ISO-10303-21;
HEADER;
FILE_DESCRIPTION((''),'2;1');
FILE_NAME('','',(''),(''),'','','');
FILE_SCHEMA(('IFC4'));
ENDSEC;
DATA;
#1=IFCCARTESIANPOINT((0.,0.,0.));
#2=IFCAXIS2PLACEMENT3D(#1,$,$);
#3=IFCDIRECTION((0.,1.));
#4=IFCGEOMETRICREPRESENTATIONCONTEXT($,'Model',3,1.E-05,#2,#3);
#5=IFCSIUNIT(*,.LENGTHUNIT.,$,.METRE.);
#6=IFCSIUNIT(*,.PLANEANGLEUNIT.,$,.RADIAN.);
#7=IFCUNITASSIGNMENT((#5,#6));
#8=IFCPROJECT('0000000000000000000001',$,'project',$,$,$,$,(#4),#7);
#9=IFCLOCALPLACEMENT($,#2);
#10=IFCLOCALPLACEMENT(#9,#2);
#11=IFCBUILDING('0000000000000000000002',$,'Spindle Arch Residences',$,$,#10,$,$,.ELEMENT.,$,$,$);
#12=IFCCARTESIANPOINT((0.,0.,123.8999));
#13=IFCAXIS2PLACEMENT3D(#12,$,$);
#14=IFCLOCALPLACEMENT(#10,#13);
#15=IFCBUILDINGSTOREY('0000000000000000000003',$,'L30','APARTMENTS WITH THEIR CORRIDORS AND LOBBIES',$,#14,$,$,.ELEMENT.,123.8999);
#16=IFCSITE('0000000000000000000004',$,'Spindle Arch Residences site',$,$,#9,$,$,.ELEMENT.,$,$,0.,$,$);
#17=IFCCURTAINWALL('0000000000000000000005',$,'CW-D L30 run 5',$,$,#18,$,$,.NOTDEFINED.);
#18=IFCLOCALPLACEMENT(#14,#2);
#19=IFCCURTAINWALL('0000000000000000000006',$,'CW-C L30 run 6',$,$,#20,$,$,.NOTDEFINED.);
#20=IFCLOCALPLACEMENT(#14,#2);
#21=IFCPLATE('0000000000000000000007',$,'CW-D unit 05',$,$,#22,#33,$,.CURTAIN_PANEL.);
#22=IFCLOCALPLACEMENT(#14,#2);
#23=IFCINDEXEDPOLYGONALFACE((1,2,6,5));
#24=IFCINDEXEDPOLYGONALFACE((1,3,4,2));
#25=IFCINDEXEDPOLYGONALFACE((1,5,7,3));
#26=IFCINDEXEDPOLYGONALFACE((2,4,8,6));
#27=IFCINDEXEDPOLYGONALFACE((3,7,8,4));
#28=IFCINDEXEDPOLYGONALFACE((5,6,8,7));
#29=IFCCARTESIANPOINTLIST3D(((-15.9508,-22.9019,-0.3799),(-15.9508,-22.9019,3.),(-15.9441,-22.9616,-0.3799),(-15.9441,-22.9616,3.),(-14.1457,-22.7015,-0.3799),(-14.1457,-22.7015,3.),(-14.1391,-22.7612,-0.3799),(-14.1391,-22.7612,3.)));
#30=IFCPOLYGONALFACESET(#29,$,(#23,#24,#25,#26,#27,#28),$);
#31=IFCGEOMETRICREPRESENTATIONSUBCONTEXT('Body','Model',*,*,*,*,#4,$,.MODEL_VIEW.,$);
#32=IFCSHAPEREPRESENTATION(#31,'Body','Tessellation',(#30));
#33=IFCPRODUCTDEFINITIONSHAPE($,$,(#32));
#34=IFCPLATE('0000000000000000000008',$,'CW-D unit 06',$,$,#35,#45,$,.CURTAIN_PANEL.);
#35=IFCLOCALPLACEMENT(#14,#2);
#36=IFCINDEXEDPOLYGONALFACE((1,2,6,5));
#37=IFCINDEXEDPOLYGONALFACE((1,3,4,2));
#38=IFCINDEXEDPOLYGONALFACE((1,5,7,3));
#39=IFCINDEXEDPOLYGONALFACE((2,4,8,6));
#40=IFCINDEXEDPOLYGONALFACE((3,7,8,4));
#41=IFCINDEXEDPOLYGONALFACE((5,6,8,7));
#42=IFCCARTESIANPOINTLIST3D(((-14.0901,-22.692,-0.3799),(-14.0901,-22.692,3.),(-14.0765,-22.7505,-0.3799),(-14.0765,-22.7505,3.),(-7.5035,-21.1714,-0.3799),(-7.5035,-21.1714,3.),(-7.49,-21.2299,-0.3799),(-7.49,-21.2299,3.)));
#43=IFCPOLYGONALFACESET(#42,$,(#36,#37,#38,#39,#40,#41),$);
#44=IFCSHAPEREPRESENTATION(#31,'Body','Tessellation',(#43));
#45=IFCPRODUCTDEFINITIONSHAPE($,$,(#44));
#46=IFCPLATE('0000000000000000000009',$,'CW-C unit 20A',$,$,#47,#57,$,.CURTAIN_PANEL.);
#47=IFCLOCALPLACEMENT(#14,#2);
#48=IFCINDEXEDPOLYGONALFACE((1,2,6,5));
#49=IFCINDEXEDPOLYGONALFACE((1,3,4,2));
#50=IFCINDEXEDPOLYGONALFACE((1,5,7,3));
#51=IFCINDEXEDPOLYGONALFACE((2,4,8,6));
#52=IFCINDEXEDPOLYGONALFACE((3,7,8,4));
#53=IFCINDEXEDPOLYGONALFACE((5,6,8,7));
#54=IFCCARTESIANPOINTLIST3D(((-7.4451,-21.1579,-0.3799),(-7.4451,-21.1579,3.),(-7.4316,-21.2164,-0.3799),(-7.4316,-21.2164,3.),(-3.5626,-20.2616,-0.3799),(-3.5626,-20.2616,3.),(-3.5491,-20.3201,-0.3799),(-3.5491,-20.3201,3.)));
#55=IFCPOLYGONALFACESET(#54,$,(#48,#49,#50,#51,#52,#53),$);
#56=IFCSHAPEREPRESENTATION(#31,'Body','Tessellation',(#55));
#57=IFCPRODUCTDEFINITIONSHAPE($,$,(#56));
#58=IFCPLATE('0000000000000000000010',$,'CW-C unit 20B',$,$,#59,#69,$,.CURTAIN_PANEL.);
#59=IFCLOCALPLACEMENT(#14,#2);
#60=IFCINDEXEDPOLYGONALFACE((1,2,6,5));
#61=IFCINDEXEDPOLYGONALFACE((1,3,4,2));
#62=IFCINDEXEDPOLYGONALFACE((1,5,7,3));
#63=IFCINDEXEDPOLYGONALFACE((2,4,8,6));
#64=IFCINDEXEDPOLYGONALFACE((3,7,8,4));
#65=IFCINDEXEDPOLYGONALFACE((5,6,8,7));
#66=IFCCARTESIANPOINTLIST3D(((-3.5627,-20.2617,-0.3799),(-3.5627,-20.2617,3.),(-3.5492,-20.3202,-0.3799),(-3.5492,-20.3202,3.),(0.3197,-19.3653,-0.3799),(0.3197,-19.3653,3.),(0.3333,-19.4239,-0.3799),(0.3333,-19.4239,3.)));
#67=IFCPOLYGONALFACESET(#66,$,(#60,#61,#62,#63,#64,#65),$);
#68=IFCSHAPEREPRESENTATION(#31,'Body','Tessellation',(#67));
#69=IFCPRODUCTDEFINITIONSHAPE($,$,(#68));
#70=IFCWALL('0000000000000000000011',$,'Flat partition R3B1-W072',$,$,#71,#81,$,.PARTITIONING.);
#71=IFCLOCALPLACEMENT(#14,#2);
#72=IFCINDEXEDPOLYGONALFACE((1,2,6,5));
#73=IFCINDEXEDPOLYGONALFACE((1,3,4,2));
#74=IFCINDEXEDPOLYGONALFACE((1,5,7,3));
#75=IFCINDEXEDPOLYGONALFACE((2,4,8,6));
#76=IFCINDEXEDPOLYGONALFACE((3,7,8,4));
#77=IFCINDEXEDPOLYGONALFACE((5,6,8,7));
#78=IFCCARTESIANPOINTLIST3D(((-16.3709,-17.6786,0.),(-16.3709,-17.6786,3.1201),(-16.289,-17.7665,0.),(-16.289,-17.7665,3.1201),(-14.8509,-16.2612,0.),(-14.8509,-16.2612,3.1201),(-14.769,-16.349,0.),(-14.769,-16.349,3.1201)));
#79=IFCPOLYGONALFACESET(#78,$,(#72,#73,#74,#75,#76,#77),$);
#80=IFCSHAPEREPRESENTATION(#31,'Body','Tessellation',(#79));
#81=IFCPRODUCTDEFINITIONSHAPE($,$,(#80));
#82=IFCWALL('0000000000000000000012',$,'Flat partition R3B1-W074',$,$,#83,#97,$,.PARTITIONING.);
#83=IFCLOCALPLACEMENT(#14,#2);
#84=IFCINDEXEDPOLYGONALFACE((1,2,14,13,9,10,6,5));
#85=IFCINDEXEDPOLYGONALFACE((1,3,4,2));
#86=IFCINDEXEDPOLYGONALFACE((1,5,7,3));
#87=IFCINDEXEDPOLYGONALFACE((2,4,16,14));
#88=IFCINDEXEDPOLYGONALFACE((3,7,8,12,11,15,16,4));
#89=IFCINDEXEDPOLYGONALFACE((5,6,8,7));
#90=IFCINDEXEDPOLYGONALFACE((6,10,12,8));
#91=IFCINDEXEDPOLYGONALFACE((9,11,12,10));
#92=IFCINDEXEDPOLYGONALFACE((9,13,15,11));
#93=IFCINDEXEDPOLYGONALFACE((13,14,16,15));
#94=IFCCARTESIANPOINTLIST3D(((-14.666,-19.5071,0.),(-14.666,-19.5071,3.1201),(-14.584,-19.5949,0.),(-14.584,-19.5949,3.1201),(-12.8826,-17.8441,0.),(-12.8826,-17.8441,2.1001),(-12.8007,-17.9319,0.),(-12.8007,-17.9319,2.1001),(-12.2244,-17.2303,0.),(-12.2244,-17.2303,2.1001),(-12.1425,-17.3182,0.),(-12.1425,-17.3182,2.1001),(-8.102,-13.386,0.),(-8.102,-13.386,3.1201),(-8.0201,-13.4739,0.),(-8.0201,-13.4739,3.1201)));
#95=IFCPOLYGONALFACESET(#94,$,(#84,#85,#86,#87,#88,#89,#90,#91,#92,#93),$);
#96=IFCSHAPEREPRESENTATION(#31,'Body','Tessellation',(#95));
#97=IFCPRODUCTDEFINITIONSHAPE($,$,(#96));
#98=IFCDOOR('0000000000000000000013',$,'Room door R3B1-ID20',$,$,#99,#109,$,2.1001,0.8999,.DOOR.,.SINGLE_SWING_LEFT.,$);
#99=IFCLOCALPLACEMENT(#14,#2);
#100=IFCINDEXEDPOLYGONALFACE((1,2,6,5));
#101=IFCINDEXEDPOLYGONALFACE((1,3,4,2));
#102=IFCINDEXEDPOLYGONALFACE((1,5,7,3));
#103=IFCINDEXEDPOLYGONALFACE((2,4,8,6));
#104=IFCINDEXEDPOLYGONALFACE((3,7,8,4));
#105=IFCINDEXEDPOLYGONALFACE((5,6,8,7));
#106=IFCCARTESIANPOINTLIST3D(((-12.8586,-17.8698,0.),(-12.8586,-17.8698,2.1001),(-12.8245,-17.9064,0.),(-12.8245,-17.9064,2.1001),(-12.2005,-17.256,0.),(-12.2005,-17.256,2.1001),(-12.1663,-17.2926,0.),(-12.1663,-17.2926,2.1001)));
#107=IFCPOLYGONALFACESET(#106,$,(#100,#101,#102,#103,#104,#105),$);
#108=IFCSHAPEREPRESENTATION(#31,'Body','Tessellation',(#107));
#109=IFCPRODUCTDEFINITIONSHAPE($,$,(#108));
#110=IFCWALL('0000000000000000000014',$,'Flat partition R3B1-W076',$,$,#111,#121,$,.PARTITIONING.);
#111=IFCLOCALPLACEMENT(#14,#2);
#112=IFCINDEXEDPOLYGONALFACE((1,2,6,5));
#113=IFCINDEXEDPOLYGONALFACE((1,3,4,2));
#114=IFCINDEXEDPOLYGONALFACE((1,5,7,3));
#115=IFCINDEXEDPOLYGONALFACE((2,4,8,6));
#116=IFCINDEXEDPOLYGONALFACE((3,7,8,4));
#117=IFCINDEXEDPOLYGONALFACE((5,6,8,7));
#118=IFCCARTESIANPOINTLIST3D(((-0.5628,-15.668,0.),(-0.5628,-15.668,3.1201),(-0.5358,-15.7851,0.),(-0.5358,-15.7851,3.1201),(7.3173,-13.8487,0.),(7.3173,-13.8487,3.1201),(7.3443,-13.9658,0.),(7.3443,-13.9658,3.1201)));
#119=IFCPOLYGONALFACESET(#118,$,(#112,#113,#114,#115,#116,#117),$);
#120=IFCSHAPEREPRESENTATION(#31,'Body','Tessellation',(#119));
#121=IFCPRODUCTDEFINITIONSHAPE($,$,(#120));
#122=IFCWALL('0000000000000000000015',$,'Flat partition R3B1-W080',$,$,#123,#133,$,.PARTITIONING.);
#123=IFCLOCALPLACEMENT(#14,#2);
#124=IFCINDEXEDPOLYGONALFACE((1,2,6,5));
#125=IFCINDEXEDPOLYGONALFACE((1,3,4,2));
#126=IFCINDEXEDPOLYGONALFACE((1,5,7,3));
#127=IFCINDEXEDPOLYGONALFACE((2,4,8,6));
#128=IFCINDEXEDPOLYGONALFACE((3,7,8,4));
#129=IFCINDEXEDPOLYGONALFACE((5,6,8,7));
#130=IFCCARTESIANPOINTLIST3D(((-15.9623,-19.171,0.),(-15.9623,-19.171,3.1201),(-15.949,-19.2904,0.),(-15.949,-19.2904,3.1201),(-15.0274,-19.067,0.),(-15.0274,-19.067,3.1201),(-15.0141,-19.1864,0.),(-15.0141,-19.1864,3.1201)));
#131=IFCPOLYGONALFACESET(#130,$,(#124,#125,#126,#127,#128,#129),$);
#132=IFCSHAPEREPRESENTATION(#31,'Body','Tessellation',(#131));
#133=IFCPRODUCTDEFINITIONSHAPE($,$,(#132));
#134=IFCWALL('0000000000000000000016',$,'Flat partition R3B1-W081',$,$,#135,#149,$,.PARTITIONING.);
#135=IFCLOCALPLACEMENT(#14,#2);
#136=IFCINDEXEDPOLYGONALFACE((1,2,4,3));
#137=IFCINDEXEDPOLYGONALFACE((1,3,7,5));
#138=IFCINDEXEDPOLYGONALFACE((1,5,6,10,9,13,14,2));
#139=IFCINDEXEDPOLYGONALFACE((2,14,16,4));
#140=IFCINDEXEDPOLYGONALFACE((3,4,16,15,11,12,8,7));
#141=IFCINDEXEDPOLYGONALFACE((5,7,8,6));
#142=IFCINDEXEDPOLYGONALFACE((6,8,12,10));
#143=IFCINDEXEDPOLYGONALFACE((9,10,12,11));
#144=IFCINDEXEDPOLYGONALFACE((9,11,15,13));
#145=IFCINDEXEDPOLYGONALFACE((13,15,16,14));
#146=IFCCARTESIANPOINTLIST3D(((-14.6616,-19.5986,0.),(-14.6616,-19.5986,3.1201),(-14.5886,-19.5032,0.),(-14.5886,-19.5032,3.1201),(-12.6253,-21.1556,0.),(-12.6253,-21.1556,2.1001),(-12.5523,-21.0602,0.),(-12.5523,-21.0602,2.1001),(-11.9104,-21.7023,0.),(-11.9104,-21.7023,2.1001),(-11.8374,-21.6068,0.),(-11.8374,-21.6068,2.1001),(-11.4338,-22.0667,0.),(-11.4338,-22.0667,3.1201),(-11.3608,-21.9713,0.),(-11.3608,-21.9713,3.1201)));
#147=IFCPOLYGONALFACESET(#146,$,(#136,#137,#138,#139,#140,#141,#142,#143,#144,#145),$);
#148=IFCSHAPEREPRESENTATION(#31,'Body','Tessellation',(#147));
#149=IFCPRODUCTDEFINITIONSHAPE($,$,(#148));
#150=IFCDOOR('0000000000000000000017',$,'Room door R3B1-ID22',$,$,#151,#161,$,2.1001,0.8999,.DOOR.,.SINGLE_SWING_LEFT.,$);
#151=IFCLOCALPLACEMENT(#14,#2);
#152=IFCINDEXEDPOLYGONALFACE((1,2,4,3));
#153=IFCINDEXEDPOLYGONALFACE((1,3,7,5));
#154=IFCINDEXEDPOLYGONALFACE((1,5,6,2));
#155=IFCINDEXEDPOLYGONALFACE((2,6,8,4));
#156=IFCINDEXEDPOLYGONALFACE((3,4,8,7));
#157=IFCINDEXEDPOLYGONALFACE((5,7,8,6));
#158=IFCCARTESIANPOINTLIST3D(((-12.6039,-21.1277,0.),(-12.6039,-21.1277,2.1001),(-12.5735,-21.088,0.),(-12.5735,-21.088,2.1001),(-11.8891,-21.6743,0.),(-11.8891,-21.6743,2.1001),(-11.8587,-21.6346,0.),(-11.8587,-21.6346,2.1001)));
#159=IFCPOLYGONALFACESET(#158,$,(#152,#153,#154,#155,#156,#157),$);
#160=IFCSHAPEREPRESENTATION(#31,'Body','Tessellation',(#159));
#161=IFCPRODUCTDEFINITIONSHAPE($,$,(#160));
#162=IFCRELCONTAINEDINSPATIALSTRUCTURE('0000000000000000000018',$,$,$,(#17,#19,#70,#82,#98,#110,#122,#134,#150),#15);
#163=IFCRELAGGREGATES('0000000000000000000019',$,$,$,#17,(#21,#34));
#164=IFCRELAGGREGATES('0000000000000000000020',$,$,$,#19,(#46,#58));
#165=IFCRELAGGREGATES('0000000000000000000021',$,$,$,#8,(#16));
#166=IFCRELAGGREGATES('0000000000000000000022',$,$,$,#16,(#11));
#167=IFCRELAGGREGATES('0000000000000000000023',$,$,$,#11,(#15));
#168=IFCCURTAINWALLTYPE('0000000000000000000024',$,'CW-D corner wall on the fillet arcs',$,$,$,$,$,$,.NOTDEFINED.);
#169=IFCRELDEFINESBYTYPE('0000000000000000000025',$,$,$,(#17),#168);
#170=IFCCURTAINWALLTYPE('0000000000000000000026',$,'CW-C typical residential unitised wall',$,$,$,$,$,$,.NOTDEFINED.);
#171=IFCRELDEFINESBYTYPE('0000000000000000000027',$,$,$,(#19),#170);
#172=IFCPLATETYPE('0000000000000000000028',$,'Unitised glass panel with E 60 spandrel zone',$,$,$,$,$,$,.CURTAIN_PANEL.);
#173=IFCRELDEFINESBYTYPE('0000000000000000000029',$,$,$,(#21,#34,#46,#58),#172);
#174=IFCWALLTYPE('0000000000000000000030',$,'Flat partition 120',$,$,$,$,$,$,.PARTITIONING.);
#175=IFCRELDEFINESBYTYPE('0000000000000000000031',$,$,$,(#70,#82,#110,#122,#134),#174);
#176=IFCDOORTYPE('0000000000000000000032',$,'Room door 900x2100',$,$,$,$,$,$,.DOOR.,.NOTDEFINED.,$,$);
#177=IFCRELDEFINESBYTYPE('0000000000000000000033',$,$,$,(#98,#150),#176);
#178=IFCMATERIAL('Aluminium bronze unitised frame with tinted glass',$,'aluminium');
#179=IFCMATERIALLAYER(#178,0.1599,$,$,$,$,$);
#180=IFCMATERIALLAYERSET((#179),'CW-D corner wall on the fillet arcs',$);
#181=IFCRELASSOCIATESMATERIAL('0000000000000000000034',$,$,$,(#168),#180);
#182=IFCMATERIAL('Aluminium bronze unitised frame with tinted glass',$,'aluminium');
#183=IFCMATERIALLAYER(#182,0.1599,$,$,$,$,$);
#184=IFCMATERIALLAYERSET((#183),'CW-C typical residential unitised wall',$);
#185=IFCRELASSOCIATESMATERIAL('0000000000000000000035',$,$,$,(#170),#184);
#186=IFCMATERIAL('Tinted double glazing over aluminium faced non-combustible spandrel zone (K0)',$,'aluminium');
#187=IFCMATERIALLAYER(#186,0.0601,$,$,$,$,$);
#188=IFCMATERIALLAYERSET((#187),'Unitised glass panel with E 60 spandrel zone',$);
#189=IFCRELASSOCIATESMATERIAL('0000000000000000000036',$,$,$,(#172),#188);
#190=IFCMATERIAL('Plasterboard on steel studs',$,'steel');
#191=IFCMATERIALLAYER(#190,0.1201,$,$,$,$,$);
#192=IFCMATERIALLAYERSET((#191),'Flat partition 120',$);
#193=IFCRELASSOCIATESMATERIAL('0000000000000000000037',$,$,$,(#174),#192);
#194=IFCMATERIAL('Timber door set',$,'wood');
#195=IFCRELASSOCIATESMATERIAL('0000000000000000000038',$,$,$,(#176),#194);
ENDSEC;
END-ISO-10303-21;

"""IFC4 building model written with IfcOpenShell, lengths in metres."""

from ifc_helpers import new_model, si_unit, direction, frame, frame_2d, origin, origin_2d, place, context, subcontext, project, spatial, rectangle, extrude, material, layer, layer_set, type_object, element, fill, aggregate, save


model = new_model("IFC4")

# Units and contexts
model_context = context("Model", 3, precision=1e-05, world=origin(), true_north=direction((0.0, 1.0)))
body_context = subcontext(model_context, "Body", "Model", "MODEL_VIEW")
ifc_project = project(units=[si_unit("LENGTHUNIT", "METRE"), si_unit("PLANEANGLEUNIT", "RADIAN")], contexts=[model_context])

# Site, building, storey
site_placement = place(None, origin())
site = spatial("IfcSite", under=ifc_project, at=site_placement, Name="Spindle Arch Residences site", CompositionType="ELEMENT", RefElevation=0.0)
building_placement = place(site_placement, origin())
building = spatial("IfcBuilding", under=site, at=building_placement, Name="Spindle Arch Residences", CompositionType="ELEMENT")
storey_placement = place(building_placement, frame((0.0, 0.0, 123.8999)))
storey = spatial("IfcBuildingStorey", under=building, at=storey_placement, Name="L30", Description="APARTMENTS WITH THEIR CORRIDORS AND LOBBIES", CompositionType="ELEMENT", Elevation=123.8999)

# Curtain walls
ifc_material_1 = material(Name="Aluminium bronze unitised frame with tinted glass", Category="aluminium")
ifc_layer_1 = layer(ifc_material_1, 0.1599)
ifc_layer_set_1 = layer_set([ifc_layer_1], Name="CW-D corner wall on the fillet arcs")
curtain_wall_type_1 = type_object("IfcCurtainWallType", Name="CW-D corner wall on the fillet arcs", PredefinedType="NOTDEFINED", material=ifc_layer_set_1)
curtain_wall_1_placement = place(storey_placement, origin())
curtain_wall_1 = element("IfcCurtainWall", 1, at=curtain_wall_1_placement, inside=storey, type_object=curtain_wall_type_1, Name="CW-D L30 run 5", PredefinedType="NOTDEFINED")
ifc_material_2 = material(Name="Aluminium bronze unitised frame with tinted glass", Category="aluminium")
ifc_layer_2 = layer(ifc_material_2, 0.1599)
ifc_layer_set_2 = layer_set([ifc_layer_2], Name="CW-C typical residential unitised wall")
curtain_wall_type_2 = type_object("IfcCurtainWallType", Name="CW-C typical residential unitised wall", PredefinedType="NOTDEFINED", material=ifc_layer_set_2)
curtain_wall_2_placement = place(storey_placement, origin())
curtain_wall_2 = element("IfcCurtainWall", 2, at=curtain_wall_2_placement, inside=storey, type_object=curtain_wall_type_2, Name="CW-C L30 run 6", PredefinedType="NOTDEFINED")

# Plates
ifc_material_3 = material(Name="Tinted double glazing over aluminium faced non-combustible spandrel zone (K0)", Category="aluminium")
ifc_layer_3 = layer(ifc_material_3, 0.0601)
ifc_layer_set_3 = layer_set([ifc_layer_3], Name="Unitised glass panel with E 60 spandrel zone")
plate_type = type_object("IfcPlateType", Name="Unitised glass panel with E 60 spandrel zone", PredefinedType="CURTAIN_PANEL", material=ifc_layer_set_3)
plate_1_placement = place(storey_placement, frame((-15.0449, -22.8315, -0.3799), z_axis=(0.0, 0.0, 1.0), x_axis=(0.993897, 0.110313, 0.0)))
plate_1 = element("IfcPlate", 3, at=plate_1_placement, type_object=plate_type, Name="CW-D unit 05", PredefinedType="CURTAIN_PANEL", context=body_context, shape_type="SweptSolid", body=[
    extrude(rectangle(XDim=1.8162, YDim=0.0601, at=origin_2d()), origin(), (0.0, 0.0, 1.0), 3.3799),
])
plate_2_placement = place(storey_placement, frame((-10.79, -21.9609, -0.3799), z_axis=(0.0, 0.0, 1.0), x_axis=(0.97437, 0.224951, 0.0)))
plate_2 = element("IfcPlate", 4, at=plate_2_placement, type_object=plate_type, Name="CW-D unit 06", PredefinedType="CURTAIN_PANEL", context=body_context, shape_type="SweptSolid", body=[
    extrude(rectangle(XDim=6.7598, YDim=0.0601, at=origin_2d()), origin(), (0.0, 0.0, 1.0), 3.3799),
])
aggregate(curtain_wall_1, [plate_1, plate_2])
plate_3_placement = place(storey_placement, frame((-5.4971, -20.739, -0.3799), z_axis=(0.0, 0.0, 1.0), x_axis=(0.97437, 0.224951, 0.0)))
plate_3 = element("IfcPlate", 5, at=plate_3_placement, type_object=plate_type, Name="CW-C unit 20A", PredefinedType="CURTAIN_PANEL", context=body_context, shape_type="SweptSolid", body=[
    extrude(rectangle(XDim=3.9846, YDim=0.0601, at=origin_2d()), origin(), (0.0, 0.0, 1.0), 3.3799),
])
plate_4_placement = place(storey_placement, frame((-1.6147, -19.8428, -0.3799), z_axis=(0.0, 0.0, 1.0), x_axis=(0.97437, 0.224951, 0.0)))
plate_4 = element("IfcPlate", 6, at=plate_4_placement, type_object=plate_type, Name="CW-C unit 20B", PredefinedType="CURTAIN_PANEL", context=body_context, shape_type="SweptSolid", body=[
    extrude(rectangle(XDim=3.9846, YDim=0.0601, at=origin_2d()), origin(), (0.0, 0.0, 1.0), 3.3799),
])
aggregate(curtain_wall_2, [plate_3, plate_4])

# Wall
ifc_material_4 = material(Name="Plasterboard on steel studs", Category="steel")
ifc_layer_4 = layer(ifc_material_4, 0.1201)
ifc_layer_set_4 = layer_set([ifc_layer_4], Name="Flat partition 120")
wall_type = type_object("IfcWallType", Name="Flat partition 120", PredefinedType="PARTITIONING", material=ifc_layer_set_4)
wall_1_placement = place(storey_placement, frame((-14.8101, -16.3052, 0.0), z_axis=(0.0, 0.0, 1.0), x_axis=(-0.731344, -0.682008, 0.0)))
element("IfcWall", 7, at=wall_1_placement, inside=storey, type_object=wall_type, Name="Flat partition R3B1-W072", PredefinedType="PARTITIONING", context=body_context, shape_type="SweptSolid", body=[
    extrude(rectangle(XDim=2.0784, YDim=0.1201, at=frame_2d((1.0391, 0.0))), origin(), (0.0, 0.0, 1.0), 3.1201),
])

# Wall, opening, door
wall_2_placement = place(storey_placement, frame((-14.625, -19.551, 0.0), z_axis=(0.0, 0.0, 1.0), x_axis=(0.731348, 0.682004, 0.0)))
wall_2 = element("IfcWall", 8, at=wall_2_placement, inside=storey, type_object=wall_type, Name="Flat partition R3B1-W074", PredefinedType="PARTITIONING", context=body_context, shape_type="SweptSolid", body=[
    extrude(rectangle(XDim=8.9751, YDim=0.1201, at=frame_2d((4.4875, 0.0))), origin(), (0.0, 0.0, 1.0), 3.1201),
])
opening_1_placement = place(wall_2_placement, frame((2.4385, 0.0, 0.0)))
opening_1 = element("IfcOpeningElement", 9, at=opening_1_placement, cuts=wall_2, PredefinedType="OPENING", context=body_context, shape_type="SweptSolid", body=[
    extrude(rectangle(XDim=0.8999, YDim=2.1001, at=frame_2d((0.45, 1.05))), frame((0.0, 0.0701, 0.0), z_axis=(0.0, -1.0, 0.0), x_axis=(1.0, 0.0, 0.0)), (0.0, 0.0, 1.0), 0.1401),
])
ifc_material_5 = material(Name="Timber door set", Category="wood")
door_type = type_object("IfcDoorType", Name="Room door 900x2100", OperationType="NOTDEFINED", PredefinedType="DOOR", material=ifc_material_5)
door_1_placement = place(opening_1_placement, origin())
door_1 = element("IfcDoor", 10, at=door_1_placement, inside=storey, type_object=door_type, Name="Room door R3B1-ID20", OperationType="SINGLE_SWING_LEFT", OverallHeight=2.1001, OverallWidth=0.8999, PredefinedType="DOOR", context=body_context, shape_type="SweptSolid", body=[
    extrude(rectangle(XDim=0.8999, YDim=2.1001, at=frame_2d((0.45, 1.05))), frame((0.0, 0.0249, 0.0), z_axis=(0.0, -1.0, 0.0), x_axis=(1.0, 0.0, 0.0)), (0.0, 0.0, 1.0), 0.05),
])
fill(opening_1, door_1)

# Walls
wall_3_placement = place(storey_placement, frame((-0.5493, -15.7266, 0.0), z_axis=(0.0, 0.0, 1.0), x_axis=(0.974368, 0.224959, 0.0)))
element("IfcWall", 11, at=wall_3_placement, inside=storey, type_object=wall_type, Name="Flat partition R3B1-W076", PredefinedType="PARTITIONING", context=body_context, shape_type="SweptSolid", body=[
    extrude(rectangle(XDim=8.0874, YDim=0.1201, at=frame_2d((4.0437, 0.0))), origin(), (0.0, 0.0, 1.0), 3.1201),
])
wall_4_placement = place(storey_placement, frame((-15.9556, -19.2307, 0.0), z_axis=(0.0, 0.0, 1.0), x_axis=(0.993868, 0.110574, 0.0)))
element("IfcWall", 12, at=wall_4_placement, inside=storey, type_object=wall_type, Name="Flat partition R3B1-W080", PredefinedType="PARTITIONING", context=body_context, shape_type="SweptSolid", body=[
    extrude(rectangle(XDim=0.9407, YDim=0.1201, at=frame_2d((0.4702, 0.0))), origin(), (0.0, 0.0, 1.0), 3.1201),
])

# Wall, opening, door
wall_5_placement = place(storey_placement, frame((-11.3972, -22.019, 0.0), z_axis=(0.0, 0.0, 1.0), x_axis=(-0.794392, 0.607406, 0.0)))
wall_5 = element("IfcWall", 13, at=wall_5_placement, inside=storey, type_object=wall_type, Name="Flat partition R3B1-W081", PredefinedType="PARTITIONING", context=body_context, shape_type="SweptSolid", body=[
    extrude(rectangle(XDim=4.0632, YDim=0.1201, at=frame_2d((2.0317, 0.0))), origin(), (0.0, 0.0, 1.0), 3.1201),
])
opening_2_placement = place(wall_5_placement, frame((0.6001, 0.0, 0.0)))
opening_2 = element("IfcOpeningElement", 14, at=opening_2_placement, cuts=wall_5, PredefinedType="OPENING", context=body_context, shape_type="SweptSolid", body=[
    extrude(rectangle(XDim=0.8999, YDim=2.1001, at=frame_2d((0.45, 1.05))), frame((0.0, 0.0701, 0.0), z_axis=(0.0, -1.0, 0.0), x_axis=(1.0, 0.0, 0.0)), (0.0, 0.0, 1.0), 0.1401),
])
door_2_placement = place(opening_2_placement, origin())
door_2 = element("IfcDoor", 15, at=door_2_placement, inside=storey, type_object=door_type, Name="Room door R3B1-ID22", OperationType="SINGLE_SWING_LEFT", OverallHeight=2.1001, OverallWidth=0.8999, PredefinedType="DOOR", context=body_context, shape_type="SweptSolid", body=[
    extrude(rectangle(XDim=0.8999, YDim=2.1001, at=frame_2d((0.45, 1.05))), frame((0.0, 0.0249, 0.0), z_axis=(0.0, -1.0, 0.0), x_axis=(1.0, 0.0, 0.0)), (0.0, 0.0, 1.0), 0.05),
])
fill(opening_2, door_2)

save(model, "model.ifc")
